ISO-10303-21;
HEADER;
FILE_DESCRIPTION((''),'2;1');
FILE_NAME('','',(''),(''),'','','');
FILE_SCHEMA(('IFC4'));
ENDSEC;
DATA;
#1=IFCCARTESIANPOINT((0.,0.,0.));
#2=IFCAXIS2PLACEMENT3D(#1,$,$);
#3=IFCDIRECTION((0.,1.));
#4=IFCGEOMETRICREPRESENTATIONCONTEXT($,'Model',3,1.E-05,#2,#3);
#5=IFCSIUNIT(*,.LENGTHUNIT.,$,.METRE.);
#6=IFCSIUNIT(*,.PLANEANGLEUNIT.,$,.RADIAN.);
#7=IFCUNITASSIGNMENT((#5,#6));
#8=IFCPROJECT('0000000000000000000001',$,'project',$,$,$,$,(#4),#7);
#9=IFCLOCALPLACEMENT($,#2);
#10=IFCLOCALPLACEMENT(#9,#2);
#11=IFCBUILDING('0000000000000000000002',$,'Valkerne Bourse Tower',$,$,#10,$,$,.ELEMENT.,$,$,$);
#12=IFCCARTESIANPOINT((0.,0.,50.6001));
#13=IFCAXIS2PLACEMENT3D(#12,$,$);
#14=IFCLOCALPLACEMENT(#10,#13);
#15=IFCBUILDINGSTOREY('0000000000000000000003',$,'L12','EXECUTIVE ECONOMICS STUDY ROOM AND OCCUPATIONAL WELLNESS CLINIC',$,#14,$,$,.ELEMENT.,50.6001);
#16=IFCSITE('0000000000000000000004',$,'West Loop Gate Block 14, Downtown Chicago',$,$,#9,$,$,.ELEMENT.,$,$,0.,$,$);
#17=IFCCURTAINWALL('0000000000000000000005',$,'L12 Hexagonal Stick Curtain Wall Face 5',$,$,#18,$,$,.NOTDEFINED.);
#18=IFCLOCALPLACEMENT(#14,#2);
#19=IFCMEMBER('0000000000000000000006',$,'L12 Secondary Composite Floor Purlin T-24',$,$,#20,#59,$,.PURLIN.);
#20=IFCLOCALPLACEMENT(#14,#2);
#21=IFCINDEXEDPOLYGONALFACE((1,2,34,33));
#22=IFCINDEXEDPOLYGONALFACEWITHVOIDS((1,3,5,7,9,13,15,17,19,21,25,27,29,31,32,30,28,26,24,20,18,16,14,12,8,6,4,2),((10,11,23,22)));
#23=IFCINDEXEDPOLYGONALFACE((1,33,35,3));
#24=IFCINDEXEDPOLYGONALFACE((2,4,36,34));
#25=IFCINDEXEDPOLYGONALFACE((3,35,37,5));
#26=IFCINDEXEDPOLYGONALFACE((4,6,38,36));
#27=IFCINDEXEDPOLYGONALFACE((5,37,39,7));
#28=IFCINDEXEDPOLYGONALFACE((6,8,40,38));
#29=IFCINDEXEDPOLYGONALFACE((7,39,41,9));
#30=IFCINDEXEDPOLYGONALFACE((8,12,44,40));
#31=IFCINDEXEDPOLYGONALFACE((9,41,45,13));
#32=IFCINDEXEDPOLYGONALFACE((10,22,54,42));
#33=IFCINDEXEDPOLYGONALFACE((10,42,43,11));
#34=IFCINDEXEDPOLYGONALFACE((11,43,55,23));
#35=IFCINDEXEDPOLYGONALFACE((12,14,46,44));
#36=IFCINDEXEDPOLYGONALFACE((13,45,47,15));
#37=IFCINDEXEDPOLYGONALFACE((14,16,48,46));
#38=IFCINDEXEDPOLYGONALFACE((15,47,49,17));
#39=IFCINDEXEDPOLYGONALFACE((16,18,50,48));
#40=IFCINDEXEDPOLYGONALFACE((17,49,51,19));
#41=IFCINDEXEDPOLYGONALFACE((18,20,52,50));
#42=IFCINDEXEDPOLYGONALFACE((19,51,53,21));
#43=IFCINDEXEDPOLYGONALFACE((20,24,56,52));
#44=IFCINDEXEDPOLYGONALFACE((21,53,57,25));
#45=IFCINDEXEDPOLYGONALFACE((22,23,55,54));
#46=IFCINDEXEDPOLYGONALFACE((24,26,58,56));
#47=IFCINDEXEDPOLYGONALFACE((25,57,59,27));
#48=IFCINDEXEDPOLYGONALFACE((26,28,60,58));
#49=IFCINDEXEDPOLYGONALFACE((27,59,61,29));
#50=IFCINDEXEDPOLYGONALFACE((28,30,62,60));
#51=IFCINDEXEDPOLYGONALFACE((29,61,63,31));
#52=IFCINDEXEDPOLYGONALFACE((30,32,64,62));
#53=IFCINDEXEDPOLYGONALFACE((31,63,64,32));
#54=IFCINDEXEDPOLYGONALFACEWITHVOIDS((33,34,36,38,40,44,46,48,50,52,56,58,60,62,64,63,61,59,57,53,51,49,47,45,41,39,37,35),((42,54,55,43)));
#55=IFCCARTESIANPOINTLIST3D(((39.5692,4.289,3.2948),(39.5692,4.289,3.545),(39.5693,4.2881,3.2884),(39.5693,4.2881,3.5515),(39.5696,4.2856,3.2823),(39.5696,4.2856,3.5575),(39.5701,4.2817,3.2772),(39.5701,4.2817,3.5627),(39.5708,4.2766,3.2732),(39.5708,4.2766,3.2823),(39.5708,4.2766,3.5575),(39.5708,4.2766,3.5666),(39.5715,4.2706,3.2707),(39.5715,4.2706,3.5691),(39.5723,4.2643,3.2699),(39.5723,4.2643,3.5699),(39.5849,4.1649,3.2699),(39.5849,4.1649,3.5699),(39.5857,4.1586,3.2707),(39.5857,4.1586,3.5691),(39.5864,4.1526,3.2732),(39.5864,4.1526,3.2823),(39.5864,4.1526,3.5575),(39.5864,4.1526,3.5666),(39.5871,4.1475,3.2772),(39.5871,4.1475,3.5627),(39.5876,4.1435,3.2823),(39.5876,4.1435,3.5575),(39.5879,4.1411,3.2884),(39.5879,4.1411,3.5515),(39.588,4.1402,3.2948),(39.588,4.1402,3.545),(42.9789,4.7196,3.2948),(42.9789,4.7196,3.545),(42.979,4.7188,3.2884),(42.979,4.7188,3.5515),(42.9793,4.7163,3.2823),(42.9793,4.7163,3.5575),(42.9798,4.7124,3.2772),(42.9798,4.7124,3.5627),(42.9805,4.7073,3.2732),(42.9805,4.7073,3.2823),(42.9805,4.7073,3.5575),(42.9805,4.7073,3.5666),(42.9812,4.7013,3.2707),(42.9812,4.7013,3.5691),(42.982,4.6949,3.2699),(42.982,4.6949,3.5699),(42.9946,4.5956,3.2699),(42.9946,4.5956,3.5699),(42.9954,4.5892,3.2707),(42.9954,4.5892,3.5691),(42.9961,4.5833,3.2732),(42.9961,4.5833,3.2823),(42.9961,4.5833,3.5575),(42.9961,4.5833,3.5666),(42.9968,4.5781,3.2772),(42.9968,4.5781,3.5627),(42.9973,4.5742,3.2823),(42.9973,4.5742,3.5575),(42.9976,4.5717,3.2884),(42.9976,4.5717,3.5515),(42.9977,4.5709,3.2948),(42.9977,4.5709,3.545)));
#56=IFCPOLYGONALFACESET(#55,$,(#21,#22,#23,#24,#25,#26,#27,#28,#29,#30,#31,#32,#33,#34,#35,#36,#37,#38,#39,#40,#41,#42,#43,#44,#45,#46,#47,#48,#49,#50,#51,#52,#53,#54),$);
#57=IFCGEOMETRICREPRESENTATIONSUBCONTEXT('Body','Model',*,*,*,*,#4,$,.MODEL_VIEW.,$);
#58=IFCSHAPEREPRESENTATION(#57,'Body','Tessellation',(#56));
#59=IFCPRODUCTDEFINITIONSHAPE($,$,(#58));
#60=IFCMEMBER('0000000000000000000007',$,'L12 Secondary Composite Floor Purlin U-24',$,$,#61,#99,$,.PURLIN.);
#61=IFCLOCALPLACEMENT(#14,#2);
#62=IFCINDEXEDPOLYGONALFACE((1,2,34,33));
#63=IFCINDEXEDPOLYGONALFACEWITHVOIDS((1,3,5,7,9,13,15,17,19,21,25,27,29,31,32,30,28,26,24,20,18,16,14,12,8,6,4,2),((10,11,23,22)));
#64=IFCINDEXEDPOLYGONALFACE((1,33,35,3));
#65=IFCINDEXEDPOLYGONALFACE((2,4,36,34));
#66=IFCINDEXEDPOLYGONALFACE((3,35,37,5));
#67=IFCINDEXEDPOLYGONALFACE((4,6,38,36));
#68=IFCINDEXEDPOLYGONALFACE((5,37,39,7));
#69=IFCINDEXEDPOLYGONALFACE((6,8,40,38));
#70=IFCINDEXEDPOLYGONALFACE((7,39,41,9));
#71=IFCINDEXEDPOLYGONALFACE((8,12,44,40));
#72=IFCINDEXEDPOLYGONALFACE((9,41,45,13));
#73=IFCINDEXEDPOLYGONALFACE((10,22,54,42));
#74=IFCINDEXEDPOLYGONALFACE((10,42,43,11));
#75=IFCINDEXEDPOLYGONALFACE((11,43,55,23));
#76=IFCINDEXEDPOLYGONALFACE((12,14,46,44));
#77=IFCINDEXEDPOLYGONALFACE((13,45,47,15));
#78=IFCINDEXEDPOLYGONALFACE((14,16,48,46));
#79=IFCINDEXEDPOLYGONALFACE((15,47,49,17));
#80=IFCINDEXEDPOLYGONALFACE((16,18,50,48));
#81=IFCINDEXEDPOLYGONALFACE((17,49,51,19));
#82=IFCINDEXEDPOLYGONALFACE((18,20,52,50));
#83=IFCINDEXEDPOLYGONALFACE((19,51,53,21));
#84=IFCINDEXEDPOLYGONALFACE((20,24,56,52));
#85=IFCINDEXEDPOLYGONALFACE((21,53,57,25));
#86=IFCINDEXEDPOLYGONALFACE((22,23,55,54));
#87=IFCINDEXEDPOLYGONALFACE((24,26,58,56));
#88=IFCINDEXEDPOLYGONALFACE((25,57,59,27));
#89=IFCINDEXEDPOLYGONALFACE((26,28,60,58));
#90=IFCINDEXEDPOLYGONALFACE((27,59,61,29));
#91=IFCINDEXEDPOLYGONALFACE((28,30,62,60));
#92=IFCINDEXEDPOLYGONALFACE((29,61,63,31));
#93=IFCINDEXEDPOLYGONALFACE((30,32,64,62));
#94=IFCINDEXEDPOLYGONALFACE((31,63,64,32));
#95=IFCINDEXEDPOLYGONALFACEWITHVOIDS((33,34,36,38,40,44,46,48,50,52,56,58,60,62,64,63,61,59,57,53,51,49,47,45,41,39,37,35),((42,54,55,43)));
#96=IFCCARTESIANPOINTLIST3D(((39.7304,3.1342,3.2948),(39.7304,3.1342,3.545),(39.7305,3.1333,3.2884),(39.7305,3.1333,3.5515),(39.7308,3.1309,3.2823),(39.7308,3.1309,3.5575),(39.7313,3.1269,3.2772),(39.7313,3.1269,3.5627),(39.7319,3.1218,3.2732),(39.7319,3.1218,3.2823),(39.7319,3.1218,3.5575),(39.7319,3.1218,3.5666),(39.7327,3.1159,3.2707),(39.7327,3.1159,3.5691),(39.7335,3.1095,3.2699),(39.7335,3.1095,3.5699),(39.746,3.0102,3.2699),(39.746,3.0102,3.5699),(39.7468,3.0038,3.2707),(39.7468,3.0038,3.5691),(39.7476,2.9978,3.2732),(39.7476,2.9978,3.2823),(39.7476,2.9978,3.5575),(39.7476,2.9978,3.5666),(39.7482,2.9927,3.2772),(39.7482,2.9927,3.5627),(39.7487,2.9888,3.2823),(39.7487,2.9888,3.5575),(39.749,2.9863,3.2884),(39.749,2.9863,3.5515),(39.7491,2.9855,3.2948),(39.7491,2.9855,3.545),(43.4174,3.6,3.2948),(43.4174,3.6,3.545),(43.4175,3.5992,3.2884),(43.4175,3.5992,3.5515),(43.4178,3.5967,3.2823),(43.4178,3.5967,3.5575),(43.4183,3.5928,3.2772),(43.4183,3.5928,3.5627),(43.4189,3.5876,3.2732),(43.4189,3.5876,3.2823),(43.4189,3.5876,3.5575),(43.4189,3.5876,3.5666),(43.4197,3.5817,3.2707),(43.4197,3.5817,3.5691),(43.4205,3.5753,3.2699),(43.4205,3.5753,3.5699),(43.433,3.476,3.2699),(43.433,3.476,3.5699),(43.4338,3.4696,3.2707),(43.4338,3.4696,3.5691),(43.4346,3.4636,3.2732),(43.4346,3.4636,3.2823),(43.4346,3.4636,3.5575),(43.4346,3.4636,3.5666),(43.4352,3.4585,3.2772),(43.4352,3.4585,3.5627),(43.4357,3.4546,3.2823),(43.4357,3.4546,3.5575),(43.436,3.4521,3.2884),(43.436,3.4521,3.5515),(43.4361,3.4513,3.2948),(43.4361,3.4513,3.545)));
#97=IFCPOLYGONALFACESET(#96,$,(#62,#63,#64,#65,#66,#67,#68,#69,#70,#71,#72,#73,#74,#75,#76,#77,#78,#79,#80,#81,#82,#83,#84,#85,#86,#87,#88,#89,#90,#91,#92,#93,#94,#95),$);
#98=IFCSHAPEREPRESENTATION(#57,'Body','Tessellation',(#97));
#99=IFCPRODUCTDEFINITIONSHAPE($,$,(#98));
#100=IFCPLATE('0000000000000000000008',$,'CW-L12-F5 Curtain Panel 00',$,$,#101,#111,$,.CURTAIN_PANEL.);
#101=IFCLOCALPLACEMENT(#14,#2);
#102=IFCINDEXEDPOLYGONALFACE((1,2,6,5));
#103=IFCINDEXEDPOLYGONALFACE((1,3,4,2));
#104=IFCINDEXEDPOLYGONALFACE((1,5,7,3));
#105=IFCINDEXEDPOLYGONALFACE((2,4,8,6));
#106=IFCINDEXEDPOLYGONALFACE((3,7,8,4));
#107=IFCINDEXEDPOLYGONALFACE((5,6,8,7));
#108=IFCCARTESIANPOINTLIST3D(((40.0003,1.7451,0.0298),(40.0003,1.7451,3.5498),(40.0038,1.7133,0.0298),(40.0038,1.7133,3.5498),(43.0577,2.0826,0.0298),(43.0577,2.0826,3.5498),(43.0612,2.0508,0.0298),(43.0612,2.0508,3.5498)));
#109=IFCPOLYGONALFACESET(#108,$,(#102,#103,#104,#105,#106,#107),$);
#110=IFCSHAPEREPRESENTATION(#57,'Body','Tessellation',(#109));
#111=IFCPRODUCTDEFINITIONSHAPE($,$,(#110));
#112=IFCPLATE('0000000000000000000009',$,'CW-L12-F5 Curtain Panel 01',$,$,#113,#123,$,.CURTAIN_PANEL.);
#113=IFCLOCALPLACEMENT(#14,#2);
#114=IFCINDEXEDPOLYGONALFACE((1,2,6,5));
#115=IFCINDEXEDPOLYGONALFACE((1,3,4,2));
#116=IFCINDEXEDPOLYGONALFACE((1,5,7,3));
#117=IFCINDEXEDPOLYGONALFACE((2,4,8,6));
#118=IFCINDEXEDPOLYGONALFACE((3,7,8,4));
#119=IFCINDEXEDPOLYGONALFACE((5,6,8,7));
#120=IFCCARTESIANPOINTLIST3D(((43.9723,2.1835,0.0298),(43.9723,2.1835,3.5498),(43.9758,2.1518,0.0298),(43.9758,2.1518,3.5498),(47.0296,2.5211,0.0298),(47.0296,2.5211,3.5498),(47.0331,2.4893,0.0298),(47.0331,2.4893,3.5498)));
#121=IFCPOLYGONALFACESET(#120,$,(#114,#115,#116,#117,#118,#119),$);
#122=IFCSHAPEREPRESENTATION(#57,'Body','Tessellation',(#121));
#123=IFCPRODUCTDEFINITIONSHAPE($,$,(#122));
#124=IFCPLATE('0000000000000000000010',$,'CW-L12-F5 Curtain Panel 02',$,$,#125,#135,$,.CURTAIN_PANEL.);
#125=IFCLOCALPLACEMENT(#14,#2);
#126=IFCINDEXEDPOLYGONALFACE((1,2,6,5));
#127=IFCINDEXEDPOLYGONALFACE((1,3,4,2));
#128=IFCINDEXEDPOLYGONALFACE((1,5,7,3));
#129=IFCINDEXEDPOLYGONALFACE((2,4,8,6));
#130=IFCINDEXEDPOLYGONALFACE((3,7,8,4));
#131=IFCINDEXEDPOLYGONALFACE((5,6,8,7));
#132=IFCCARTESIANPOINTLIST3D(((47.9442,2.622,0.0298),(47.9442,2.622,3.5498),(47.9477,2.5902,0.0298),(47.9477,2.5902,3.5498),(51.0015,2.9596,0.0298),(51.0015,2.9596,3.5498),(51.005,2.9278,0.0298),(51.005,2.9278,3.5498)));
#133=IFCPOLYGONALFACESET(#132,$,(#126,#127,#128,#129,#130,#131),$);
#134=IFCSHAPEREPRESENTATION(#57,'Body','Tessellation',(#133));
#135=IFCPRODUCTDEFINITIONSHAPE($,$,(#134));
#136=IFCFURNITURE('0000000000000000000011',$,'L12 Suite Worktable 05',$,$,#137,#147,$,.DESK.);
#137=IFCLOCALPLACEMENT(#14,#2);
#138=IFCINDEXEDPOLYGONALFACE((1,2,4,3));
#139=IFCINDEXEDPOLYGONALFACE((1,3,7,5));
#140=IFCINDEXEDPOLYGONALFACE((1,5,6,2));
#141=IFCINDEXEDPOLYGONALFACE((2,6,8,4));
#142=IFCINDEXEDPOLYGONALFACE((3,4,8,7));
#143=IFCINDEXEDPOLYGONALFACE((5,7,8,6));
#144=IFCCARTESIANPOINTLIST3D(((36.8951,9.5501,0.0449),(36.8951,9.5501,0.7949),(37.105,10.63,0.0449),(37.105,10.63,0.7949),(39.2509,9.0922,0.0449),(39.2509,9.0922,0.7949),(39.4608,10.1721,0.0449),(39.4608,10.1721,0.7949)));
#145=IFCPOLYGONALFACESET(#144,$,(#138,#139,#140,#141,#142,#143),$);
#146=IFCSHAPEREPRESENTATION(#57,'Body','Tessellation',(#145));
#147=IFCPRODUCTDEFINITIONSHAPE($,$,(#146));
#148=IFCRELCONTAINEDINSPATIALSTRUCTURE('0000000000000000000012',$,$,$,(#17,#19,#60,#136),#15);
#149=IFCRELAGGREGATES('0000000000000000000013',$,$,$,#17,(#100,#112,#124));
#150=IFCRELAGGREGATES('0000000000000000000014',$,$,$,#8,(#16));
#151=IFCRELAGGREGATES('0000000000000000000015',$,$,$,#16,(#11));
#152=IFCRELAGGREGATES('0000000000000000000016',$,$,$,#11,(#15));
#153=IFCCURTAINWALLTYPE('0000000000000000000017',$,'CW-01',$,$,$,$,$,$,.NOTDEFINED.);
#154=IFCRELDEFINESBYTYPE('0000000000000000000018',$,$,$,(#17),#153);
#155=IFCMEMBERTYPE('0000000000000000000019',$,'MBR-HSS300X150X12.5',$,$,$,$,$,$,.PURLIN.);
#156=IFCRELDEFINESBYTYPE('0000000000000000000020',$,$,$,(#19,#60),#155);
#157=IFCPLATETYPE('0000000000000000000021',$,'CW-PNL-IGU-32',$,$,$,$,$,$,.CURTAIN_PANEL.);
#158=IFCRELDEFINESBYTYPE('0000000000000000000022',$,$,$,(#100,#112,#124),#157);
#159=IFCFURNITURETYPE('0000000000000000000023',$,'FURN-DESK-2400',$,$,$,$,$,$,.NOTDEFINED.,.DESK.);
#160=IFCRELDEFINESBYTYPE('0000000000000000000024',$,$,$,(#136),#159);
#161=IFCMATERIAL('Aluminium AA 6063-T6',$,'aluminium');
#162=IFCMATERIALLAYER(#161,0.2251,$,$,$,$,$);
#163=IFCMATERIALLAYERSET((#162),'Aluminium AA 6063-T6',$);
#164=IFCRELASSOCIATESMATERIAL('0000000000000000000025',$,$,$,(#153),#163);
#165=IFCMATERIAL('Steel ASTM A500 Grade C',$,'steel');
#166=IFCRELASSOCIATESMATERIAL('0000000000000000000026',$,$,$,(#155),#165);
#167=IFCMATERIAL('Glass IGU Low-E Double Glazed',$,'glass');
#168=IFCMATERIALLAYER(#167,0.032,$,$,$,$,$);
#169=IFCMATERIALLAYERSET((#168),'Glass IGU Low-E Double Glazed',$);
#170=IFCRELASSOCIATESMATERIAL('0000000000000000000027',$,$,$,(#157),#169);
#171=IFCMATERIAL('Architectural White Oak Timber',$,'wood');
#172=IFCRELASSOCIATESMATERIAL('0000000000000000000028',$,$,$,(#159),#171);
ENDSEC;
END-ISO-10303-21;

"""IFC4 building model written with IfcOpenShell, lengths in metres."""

from ifc_helpers import new_model, si_unit, direction, frame, origin, origin_2d, place, context, subcontext, project, spatial, rectangle, hollow_rectangle, extrude, material, layer, layer_set, material_profile, profile_set, type_object, element, aggregate, save


model = new_model("IFC4")

# Units and contexts
model_context = context("Model", 3, precision=1e-05, world=origin(), true_north=direction((0.0, 1.0)))
body_context = subcontext(model_context, "Body", "Model", "MODEL_VIEW")
ifc_project = project(units=[si_unit("LENGTHUNIT", "METRE"), si_unit("PLANEANGLEUNIT", "RADIAN")], contexts=[model_context])

# Site, building, storey
site_placement = place(None, origin())
site = spatial("IfcSite", under=ifc_project, at=site_placement, Name="West Loop Gate Block 14, Downtown Chicago", CompositionType="ELEMENT", RefElevation=0.0)
building_placement = place(site_placement, origin())
building = spatial("IfcBuilding", under=site, at=building_placement, Name="Valkerne Bourse Tower", CompositionType="ELEMENT")
storey_placement = place(building_placement, frame((0.0, 0.0, 50.6001)))
storey = spatial("IfcBuildingStorey", under=building, at=storey_placement, Name="L12", Description="EXECUTIVE ECONOMICS STUDY ROOM AND OCCUPATIONAL WELLNESS CLINIC", CompositionType="ELEMENT", Elevation=50.6001)

# Curtain wall
ifc_material_1 = material(Name="Aluminium AA 6063-T6", Category="aluminium")
ifc_layer_1 = layer(ifc_material_1, 0.2251)
ifc_layer_set_1 = layer_set([ifc_layer_1], Name="Aluminium AA 6063-T6")
curtain_wall_type = type_object("IfcCurtainWallType", Name="CW-01", PredefinedType="NOTDEFINED", material=ifc_layer_set_1)
curtain_wall_placement = place(storey_placement, origin())
curtain_wall = element("IfcCurtainWall", 1, at=curtain_wall_placement, inside=storey, type_object=curtain_wall_type, Name="L12 Hexagonal Stick Curtain Wall Face 5", PredefinedType="NOTDEFINED")

# Members
ifc_material_2 = material(Name="Steel ASTM A500 Grade C", Category="steel")
ifc_material_profile_1 = material_profile(ifc_material_2, hollow_rectangle(XDim=0.1499, YDim=0.3, WallThickness=0.0125, OuterFilletRadius=0.0249, at=origin_2d()), Name="HSS300X150X12.5")
ifc_profile_set_1 = profile_set([ifc_material_profile_1], Name="Steel ASTM A500 Grade C")
member_type_1 = type_object("IfcMemberType", Name="MBR-HSS300X150X12.5", PredefinedType="PURLIN", material=ifc_profile_set_1)
member_1_placement = place(storey_placement, frame((39.5786, 4.2146, 3.4199), z_axis=(0.992117, 0.125311, 0.0), x_axis=(-0.125311, 0.992117, 0.0)))
element("IfcMember", 2, at=member_1_placement, inside=storey, type_object=member_type_1, Name="L12 Secondary Composite Floor Purlin T-24", PredefinedType="PURLIN", context=body_context, shape_type="SweptSolid", body=[
    extrude(hollow_rectangle(XDim=0.1499, YDim=0.3, WallThickness=0.0125, OuterFilletRadius=0.0249, at=origin_2d()), origin(), (0.0, 0.0, 1.0), 3.4368),
])
member_2_placement = place(storey_placement, frame((39.7397, 3.0598, 3.4199), z_axis=(0.992113, 0.125344, 0.0), x_axis=(-0.125344, 0.992113, 0.0)))
element("IfcMember", 3, at=member_2_placement, inside=storey, type_object=member_type_1, Name="L12 Secondary Composite Floor Purlin U-24", PredefinedType="PURLIN", context=body_context, shape_type="SweptSolid", body=[
    extrude(hollow_rectangle(XDim=0.1499, YDim=0.3, WallThickness=0.0125, OuterFilletRadius=0.0249, at=origin_2d()), origin(), (0.0, 0.0, 1.0), 3.7163),
])

# Plates
ifc_material_3 = material(Name="Glass IGU Low-E Double Glazed", Category="glass")
ifc_layer_2 = layer(ifc_material_3, 0.032)
ifc_layer_set_2 = layer_set([ifc_layer_2], Name="Glass IGU Low-E Double Glazed")
plate_type = type_object("IfcPlateType", Name="CW-PNL-IGU-32", PredefinedType="CURTAIN_PANEL", material=ifc_layer_set_2)
plate_1_placement = place(storey_placement, frame((41.5308, 1.8979, 0.0298), z_axis=(0.0, 0.0, 1.0), x_axis=(0.993961, 0.109734, 0.0)))
plate_1 = element("IfcPlate", 4, at=plate_1_placement, type_object=plate_type, Name="CW-L12-F5 Curtain Panel 00", PredefinedType="CURTAIN_PANEL", context=body_context, shape_type="SweptSolid", body=[
    extrude(rectangle(XDim=3.0759, YDim=0.032, at=origin_2d()), origin(), (0.0, 0.0, 1.0), 3.52),
])
plate_2_placement = place(storey_placement, frame((45.5027, 2.3364, 0.0298), z_axis=(0.0, 0.0, 1.0), x_axis=(0.993961, 0.109737, 0.0)))
plate_2 = element("IfcPlate", 5, at=plate_2_placement, type_object=plate_type, Name="CW-L12-F5 Curtain Panel 01", PredefinedType="CURTAIN_PANEL", context=body_context, shape_type="SweptSolid", body=[
    extrude(rectangle(XDim=3.0759, YDim=0.032, at=origin_2d()), origin(), (0.0, 0.0, 1.0), 3.52),
])
plate_3_placement = place(storey_placement, frame((49.4746, 2.7749, 0.0298), z_axis=(0.0, 0.0, 1.0), x_axis=(0.993961, 0.109734, 0.0)))
plate_3 = element("IfcPlate", 6, at=plate_3_placement, type_object=plate_type, Name="CW-L12-F5 Curtain Panel 02", PredefinedType="CURTAIN_PANEL", context=body_context, shape_type="SweptSolid", body=[
    extrude(rectangle(XDim=3.0759, YDim=0.032, at=origin_2d()), origin(), (0.0, 0.0, 1.0), 3.52),
])
aggregate(curtain_wall, [plate_1, plate_2, plate_3])

# Furniture
ifc_material_4 = material(Name="Architectural White Oak Timber", Category="wood")
furniture_type = type_object("IfcFurnitureType", Name="FURN-DESK-2400", AssemblyPlace="NOTDEFINED", PredefinedType="DESK", material=ifc_material_4)
furniture_placement = place(storey_placement, frame((38.178, 9.8611, 0.0449), z_axis=(0.0, 0.0, 1.0), x_axis=(-0.981627, 0.190809, 0.0)))
element("IfcFurniture", 7, at=furniture_placement, inside=storey, type_object=furniture_type, Name="L12 Suite Worktable 05", PredefinedType="DESK", context=body_context, shape_type="SweptSolid", body=[
    extrude(rectangle(XDim=2.3999, YDim=1.1001, at=origin_2d()), origin(), (0.0, 0.0, 1.0), 0.75),
])

save(model, "model.ifc")
